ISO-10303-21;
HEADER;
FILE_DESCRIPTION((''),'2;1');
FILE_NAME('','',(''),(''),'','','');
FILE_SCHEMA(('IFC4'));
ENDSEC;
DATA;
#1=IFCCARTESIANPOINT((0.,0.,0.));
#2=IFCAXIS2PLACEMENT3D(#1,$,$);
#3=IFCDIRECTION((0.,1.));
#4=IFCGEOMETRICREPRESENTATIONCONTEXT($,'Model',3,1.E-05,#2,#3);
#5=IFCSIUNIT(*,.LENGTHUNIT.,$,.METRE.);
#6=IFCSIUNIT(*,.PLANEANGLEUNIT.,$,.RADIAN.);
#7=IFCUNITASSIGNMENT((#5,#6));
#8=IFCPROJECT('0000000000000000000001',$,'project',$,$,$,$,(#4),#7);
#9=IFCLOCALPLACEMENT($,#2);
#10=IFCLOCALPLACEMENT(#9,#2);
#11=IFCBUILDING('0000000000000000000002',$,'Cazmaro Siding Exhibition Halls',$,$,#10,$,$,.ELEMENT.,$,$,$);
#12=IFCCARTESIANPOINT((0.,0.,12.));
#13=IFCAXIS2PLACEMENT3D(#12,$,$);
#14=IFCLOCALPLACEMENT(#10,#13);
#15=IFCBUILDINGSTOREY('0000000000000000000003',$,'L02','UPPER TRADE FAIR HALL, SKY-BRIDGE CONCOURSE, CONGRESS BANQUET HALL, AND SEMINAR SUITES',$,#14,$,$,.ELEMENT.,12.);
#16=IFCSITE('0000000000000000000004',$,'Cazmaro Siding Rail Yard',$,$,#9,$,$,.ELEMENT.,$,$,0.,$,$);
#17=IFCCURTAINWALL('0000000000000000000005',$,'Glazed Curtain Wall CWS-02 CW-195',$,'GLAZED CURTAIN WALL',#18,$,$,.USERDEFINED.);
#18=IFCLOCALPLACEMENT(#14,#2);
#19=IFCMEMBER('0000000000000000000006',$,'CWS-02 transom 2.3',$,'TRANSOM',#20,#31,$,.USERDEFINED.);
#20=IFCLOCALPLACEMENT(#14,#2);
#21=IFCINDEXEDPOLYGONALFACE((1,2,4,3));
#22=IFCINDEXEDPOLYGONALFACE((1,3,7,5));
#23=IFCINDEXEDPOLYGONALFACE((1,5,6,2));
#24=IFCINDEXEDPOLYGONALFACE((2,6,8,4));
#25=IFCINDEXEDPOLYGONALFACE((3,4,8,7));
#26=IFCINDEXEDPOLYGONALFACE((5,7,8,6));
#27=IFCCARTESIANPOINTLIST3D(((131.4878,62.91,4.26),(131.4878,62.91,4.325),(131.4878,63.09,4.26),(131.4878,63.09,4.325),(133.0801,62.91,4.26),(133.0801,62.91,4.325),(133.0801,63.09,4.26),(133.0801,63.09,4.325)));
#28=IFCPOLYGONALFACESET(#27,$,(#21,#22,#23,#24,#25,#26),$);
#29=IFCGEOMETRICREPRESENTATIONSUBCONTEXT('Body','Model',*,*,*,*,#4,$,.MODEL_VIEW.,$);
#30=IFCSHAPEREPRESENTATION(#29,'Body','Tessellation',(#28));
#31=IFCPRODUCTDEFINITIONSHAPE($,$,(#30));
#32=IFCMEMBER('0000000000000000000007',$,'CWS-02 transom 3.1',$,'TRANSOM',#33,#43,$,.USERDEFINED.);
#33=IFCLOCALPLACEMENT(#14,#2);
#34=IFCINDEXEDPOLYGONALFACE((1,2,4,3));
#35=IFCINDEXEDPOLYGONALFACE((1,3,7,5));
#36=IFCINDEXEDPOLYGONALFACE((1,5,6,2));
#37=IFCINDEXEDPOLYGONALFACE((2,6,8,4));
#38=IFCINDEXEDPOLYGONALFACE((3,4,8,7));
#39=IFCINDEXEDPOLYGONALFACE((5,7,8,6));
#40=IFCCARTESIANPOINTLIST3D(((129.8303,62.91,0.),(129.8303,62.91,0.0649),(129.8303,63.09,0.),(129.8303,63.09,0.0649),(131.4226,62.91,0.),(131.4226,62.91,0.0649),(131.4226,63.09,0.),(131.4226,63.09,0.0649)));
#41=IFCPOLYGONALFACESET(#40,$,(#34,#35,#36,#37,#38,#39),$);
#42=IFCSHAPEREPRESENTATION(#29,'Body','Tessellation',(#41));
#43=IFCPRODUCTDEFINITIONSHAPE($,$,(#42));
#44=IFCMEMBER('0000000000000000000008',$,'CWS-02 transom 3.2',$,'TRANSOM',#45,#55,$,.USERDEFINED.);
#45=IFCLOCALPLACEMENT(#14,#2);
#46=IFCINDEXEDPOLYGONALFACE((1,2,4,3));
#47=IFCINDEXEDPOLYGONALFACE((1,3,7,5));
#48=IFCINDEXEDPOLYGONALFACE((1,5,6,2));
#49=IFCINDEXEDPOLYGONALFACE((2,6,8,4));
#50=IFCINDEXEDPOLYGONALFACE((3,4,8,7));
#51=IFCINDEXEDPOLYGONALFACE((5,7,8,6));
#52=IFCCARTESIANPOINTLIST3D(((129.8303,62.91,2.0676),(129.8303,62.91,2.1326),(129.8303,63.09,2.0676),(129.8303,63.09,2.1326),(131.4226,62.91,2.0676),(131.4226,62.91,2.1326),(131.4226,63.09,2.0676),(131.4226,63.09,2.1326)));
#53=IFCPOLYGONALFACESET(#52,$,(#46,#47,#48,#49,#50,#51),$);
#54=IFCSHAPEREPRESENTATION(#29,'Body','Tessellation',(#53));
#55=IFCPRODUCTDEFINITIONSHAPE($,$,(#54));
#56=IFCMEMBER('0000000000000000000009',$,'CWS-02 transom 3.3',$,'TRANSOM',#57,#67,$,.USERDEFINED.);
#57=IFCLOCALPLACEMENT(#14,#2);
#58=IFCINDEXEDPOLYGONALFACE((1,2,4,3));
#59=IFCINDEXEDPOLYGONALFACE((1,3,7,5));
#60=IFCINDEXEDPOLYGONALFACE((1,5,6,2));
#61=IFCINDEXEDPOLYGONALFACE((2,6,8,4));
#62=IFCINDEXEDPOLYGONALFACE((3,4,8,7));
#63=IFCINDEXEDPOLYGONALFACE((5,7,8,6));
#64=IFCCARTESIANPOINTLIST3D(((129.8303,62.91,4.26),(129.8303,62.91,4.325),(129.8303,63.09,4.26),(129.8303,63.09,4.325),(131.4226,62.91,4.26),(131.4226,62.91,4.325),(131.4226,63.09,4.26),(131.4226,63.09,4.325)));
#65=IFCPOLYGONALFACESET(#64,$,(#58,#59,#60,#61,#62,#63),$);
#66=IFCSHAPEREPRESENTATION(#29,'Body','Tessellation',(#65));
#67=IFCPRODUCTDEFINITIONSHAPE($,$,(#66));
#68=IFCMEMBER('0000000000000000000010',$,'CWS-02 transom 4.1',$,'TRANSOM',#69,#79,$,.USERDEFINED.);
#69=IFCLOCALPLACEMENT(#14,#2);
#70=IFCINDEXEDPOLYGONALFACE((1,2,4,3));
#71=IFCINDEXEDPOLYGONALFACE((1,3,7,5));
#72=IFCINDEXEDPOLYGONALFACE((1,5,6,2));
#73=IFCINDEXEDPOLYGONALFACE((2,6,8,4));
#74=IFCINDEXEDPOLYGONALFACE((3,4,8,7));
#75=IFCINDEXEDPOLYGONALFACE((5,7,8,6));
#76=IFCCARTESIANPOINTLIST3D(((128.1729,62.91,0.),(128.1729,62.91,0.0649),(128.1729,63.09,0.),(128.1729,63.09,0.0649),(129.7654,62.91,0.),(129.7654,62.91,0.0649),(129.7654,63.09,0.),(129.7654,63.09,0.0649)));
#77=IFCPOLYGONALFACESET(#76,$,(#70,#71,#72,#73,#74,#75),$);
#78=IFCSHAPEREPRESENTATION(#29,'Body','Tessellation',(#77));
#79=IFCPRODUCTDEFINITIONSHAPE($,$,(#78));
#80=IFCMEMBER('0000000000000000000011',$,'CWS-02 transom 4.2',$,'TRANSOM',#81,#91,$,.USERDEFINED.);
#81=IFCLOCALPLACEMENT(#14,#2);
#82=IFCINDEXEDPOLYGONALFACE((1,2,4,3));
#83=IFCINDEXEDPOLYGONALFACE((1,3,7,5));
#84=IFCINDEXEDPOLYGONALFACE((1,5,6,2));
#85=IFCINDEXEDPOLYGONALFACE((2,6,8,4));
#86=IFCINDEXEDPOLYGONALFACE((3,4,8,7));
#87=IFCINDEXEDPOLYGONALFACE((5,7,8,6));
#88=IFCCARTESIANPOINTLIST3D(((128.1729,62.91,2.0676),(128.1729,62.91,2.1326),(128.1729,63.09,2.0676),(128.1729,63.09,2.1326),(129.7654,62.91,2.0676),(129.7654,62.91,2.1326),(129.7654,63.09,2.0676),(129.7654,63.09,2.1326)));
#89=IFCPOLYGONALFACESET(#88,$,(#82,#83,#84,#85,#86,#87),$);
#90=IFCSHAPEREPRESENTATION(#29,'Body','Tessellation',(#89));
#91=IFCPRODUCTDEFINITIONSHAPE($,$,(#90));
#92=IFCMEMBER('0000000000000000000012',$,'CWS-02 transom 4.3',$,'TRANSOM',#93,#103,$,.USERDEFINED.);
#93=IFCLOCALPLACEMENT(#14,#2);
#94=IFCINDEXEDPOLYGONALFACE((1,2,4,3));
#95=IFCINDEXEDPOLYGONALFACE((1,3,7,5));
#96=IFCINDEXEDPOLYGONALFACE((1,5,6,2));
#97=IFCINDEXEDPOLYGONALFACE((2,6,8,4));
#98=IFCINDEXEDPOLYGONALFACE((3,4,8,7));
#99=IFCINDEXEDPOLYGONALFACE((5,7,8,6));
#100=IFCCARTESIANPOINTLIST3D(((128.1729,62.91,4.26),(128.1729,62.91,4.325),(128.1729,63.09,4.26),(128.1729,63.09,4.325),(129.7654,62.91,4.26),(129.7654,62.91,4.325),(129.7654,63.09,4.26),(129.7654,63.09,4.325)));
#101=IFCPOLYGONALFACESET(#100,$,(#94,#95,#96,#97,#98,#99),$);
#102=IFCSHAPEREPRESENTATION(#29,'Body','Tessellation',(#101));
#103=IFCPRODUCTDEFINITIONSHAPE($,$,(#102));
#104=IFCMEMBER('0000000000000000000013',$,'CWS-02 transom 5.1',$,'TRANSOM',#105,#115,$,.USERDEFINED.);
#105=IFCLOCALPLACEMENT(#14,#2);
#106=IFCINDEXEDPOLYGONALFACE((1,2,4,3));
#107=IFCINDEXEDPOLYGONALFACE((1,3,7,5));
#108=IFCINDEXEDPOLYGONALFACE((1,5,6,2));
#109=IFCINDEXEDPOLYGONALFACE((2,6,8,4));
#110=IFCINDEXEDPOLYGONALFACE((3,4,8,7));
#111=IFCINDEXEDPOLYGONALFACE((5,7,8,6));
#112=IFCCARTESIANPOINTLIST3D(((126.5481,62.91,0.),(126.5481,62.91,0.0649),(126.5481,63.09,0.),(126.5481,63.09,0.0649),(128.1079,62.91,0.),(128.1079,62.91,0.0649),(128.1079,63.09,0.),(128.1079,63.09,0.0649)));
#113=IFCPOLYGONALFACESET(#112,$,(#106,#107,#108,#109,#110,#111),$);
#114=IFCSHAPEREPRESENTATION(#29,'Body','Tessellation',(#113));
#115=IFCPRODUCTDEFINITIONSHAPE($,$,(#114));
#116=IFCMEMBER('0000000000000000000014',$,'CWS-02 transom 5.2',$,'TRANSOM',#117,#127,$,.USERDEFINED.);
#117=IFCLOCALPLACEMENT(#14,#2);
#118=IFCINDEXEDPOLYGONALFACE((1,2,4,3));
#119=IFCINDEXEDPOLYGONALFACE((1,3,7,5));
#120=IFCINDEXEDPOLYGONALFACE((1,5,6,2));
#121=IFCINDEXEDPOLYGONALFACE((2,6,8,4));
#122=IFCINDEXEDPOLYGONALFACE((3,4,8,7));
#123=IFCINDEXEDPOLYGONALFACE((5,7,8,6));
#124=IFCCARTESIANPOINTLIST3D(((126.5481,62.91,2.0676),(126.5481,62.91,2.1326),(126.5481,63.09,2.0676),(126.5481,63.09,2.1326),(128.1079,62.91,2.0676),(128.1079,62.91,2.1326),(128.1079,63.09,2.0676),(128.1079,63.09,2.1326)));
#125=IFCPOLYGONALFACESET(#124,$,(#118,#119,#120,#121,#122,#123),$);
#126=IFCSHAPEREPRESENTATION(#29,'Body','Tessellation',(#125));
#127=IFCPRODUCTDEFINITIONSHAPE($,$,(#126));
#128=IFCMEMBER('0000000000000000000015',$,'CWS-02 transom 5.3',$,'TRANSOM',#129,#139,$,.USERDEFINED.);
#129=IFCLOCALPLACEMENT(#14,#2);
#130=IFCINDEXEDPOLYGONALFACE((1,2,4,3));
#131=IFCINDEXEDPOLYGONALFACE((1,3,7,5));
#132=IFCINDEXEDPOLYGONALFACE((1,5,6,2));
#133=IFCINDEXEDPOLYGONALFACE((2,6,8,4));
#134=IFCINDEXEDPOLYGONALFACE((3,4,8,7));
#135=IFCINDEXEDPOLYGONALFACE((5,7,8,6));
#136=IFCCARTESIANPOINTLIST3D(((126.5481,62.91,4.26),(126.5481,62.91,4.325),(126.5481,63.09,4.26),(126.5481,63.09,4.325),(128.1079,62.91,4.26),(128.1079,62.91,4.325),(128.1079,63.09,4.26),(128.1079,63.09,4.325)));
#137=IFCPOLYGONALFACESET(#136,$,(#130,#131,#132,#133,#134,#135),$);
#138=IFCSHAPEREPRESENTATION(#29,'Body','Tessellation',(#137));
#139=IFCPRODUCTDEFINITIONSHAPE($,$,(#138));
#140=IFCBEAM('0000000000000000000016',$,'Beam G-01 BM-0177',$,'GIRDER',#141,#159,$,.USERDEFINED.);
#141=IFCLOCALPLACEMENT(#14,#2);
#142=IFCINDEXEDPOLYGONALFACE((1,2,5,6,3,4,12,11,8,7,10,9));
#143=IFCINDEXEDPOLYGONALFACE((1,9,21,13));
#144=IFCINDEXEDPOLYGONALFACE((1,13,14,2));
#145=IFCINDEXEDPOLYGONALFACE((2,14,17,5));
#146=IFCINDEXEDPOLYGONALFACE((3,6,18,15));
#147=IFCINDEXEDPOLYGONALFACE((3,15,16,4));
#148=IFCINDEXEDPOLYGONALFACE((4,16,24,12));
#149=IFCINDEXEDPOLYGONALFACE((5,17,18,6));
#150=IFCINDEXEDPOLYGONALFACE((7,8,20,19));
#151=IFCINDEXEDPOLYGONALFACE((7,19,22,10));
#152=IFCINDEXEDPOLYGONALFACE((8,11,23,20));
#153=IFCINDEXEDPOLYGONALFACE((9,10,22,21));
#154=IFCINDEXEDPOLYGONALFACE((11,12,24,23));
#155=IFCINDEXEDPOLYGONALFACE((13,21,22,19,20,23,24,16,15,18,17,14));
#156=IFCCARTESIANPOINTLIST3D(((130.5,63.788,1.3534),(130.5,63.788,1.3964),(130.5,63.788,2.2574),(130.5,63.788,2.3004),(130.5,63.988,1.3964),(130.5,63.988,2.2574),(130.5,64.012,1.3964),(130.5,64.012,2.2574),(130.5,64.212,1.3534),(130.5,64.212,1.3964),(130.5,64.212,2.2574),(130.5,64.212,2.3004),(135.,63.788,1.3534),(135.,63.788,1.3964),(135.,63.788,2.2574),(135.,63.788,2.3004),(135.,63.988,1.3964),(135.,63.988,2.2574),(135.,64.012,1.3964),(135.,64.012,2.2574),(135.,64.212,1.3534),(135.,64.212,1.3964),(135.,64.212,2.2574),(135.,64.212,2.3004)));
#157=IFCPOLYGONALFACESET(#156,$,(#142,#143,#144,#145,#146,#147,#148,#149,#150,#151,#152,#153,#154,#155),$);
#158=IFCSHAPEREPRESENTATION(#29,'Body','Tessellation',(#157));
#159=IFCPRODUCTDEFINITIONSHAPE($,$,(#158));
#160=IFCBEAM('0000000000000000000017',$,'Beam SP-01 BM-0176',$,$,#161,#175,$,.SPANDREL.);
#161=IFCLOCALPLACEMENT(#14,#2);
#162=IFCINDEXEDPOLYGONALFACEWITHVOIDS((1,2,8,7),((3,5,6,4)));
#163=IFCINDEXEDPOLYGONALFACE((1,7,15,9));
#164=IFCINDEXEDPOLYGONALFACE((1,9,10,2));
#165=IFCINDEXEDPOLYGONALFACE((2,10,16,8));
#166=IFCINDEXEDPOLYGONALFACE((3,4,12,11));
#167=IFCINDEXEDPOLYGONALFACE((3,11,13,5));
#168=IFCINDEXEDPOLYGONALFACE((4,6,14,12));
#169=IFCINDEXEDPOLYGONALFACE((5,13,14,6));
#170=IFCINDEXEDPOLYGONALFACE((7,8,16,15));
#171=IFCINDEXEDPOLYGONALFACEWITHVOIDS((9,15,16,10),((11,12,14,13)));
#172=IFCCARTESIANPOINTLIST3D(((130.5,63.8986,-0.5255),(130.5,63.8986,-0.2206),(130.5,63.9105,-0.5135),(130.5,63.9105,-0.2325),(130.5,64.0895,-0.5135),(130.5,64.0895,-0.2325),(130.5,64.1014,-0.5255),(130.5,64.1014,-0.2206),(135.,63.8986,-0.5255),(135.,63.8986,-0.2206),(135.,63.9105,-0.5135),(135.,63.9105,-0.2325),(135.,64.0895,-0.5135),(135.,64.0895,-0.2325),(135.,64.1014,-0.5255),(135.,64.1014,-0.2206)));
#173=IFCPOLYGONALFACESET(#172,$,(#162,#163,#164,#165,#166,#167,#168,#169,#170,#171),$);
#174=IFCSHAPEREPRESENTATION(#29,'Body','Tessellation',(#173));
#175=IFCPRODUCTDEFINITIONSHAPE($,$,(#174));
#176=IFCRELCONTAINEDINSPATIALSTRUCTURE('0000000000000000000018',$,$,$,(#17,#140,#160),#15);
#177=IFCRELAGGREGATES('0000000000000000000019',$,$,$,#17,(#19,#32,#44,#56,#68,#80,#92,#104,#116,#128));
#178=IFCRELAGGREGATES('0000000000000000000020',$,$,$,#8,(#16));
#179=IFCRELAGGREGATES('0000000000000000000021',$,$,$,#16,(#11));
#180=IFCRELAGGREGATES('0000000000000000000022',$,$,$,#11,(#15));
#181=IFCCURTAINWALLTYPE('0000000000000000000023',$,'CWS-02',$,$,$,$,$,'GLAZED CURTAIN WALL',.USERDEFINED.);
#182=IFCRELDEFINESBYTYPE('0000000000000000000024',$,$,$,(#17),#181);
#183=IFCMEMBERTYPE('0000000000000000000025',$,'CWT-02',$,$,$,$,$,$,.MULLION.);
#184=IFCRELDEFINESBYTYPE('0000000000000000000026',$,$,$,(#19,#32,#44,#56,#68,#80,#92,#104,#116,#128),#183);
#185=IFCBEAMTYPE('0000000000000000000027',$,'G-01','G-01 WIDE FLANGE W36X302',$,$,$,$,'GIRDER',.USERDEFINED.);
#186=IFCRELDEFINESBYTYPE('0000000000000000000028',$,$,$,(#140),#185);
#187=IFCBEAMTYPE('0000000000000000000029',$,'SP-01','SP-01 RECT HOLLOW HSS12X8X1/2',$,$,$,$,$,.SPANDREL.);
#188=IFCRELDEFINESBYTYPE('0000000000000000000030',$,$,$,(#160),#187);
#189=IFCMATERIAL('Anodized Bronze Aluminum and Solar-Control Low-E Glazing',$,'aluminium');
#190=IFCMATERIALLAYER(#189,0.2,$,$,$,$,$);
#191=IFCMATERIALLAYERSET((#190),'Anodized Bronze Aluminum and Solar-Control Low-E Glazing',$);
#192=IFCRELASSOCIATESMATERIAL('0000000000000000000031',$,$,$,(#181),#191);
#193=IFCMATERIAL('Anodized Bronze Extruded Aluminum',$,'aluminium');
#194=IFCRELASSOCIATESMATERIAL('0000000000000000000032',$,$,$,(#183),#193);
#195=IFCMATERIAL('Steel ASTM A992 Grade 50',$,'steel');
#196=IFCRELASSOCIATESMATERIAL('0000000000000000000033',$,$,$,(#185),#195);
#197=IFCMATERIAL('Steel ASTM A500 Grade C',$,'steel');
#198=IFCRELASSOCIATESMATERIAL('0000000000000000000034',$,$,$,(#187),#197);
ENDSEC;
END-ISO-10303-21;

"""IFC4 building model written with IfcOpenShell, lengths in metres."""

from ifc_helpers import new_model, si_unit, direction, frame, origin, origin_2d, place, context, subcontext, project, spatial, rectangle, hollow_rectangle, i_section, extrude, material, layer, layer_set, material_profile, profile_set, type_object, element, aggregate, save


model = new_model("IFC4")

# Units and contexts
model_context = context("Model", 3, precision=1e-05, world=origin(), true_north=direction((0.0, 1.0)))
body_context = subcontext(model_context, "Body", "Model", "MODEL_VIEW")
ifc_project = project(units=[si_unit("LENGTHUNIT", "METRE"), si_unit("PLANEANGLEUNIT", "RADIAN")], contexts=[model_context])

# Site, building, storey
site_placement = place(None, origin())
site = spatial("IfcSite", under=ifc_project, at=site_placement, Name="Cazmaro Siding Rail Yard", CompositionType="ELEMENT", RefElevation=0.0)
building_placement = place(site_placement, origin())
building = spatial("IfcBuilding", under=site, at=building_placement, Name="Cazmaro Siding Exhibition Halls", CompositionType="ELEMENT")
storey_placement = place(building_placement, frame((0.0, 0.0, 12.0)))
storey = spatial("IfcBuildingStorey", under=building, at=storey_placement, Name="L02", Description="UPPER TRADE FAIR HALL, SKY-BRIDGE CONCOURSE, CONGRESS BANQUET HALL, AND SEMINAR SUITES", CompositionType="ELEMENT", Elevation=12.0)

# Curtain wall, members
ifc_material_1 = material(Name="Anodized Bronze Aluminum and Solar-Control Low-E Glazing", Category="aluminium")
ifc_layer_1 = layer(ifc_material_1, 0.2)
ifc_layer_set_1 = layer_set([ifc_layer_1], Name="Anodized Bronze Aluminum and Solar-Control Low-E Glazing")
curtain_wall_type = type_object("IfcCurtainWallType", Name="CWS-02", ElementType="GLAZED CURTAIN WALL", PredefinedType="USERDEFINED", material=ifc_layer_set_1)
curtain_wall_placement = place(storey_placement, origin())
curtain_wall = element("IfcCurtainWall", 1, at=curtain_wall_placement, inside=storey, type_object=curtain_wall_type, Name="Glazed Curtain Wall CWS-02 CW-195", ObjectType="GLAZED CURTAIN WALL", PredefinedType="USERDEFINED")
ifc_material_2 = material(Name="Anodized Bronze Extruded Aluminum", Category="aluminium")
ifc_material_profile_1 = material_profile(ifc_material_2, rectangle(XDim=0.1799, YDim=0.0649, at=origin_2d()), Name="CWT-02")
ifc_profile_set_1 = profile_set([ifc_material_profile_1], Name="Anodized Bronze Extruded Aluminum")
member_type_1 = type_object("IfcMemberType", Name="CWT-02", PredefinedType="MULLION", material=ifc_profile_set_1)
member_1_placement = place(storey_placement, frame((133.0801, 63.0, 4.2925), z_axis=(-1.0, 0.0, 0.0), x_axis=(0.0, -1.0, 0.0)))
member_1 = element("IfcMember", 2, at=member_1_placement, type_object=member_type_1, Name="CWS-02 transom 2.3", ObjectType="TRANSOM", PredefinedType="USERDEFINED", context=body_context, shape_type="SweptSolid", body=[
    extrude(rectangle(XDim=0.1799, YDim=0.0649, at=origin_2d()), origin(), (0.0, 0.0, 1.0), 1.5923),
])
member_2_placement = place(storey_placement, frame((131.4226, 63.0, 0.0325), z_axis=(-1.0, 0.0, 0.0), x_axis=(0.0, -1.0, 0.0)))
member_2 = element("IfcMember", 3, at=member_2_placement, type_object=member_type_1, Name="CWS-02 transom 3.1", ObjectType="TRANSOM", PredefinedType="USERDEFINED", context=body_context, shape_type="SweptSolid", body=[
    extrude(rectangle(XDim=0.1799, YDim=0.0649, at=origin_2d()), origin(), (0.0, 0.0, 1.0), 1.5923),
])
member_3_placement = place(storey_placement, frame((131.4226, 63.0, 2.1001), z_axis=(-1.0, 0.0, 0.0), x_axis=(0.0, -1.0, 0.0)))
member_3 = element("IfcMember", 4, at=member_3_placement, type_object=member_type_1, Name="CWS-02 transom 3.2", ObjectType="TRANSOM", PredefinedType="USERDEFINED", context=body_context, shape_type="SweptSolid", body=[
    extrude(rectangle(XDim=0.1799, YDim=0.0649, at=origin_2d()), origin(), (0.0, 0.0, 1.0), 1.5923),
])
member_4_placement = place(storey_placement, frame((131.4226, 63.0, 4.2925), z_axis=(-1.0, 0.0, 0.0), x_axis=(0.0, -1.0, 0.0)))
member_4 = element("IfcMember", 5, at=member_4_placement, type_object=member_type_1, Name="CWS-02 transom 3.3", ObjectType="TRANSOM", PredefinedType="USERDEFINED", context=body_context, shape_type="SweptSolid", body=[
    extrude(rectangle(XDim=0.1799, YDim=0.0649, at=origin_2d()), origin(), (0.0, 0.0, 1.0), 1.5923),
])
member_5_placement = place(storey_placement, frame((129.7654, 63.0, 0.0325), z_axis=(-1.0, 0.0, 0.0), x_axis=(0.0, -1.0, 0.0)))
member_5 = element("IfcMember", 6, at=member_5_placement, type_object=member_type_1, Name="CWS-02 transom 4.1", ObjectType="TRANSOM", PredefinedType="USERDEFINED", context=body_context, shape_type="SweptSolid", body=[
    extrude(rectangle(XDim=0.1799, YDim=0.0649, at=origin_2d()), origin(), (0.0, 0.0, 1.0), 1.5925),
])
member_6_placement = place(storey_placement, frame((129.7654, 63.0, 2.1001), z_axis=(-1.0, 0.0, 0.0), x_axis=(0.0, -1.0, 0.0)))
member_6 = element("IfcMember", 7, at=member_6_placement, type_object=member_type_1, Name="CWS-02 transom 4.2", ObjectType="TRANSOM", PredefinedType="USERDEFINED", context=body_context, shape_type="SweptSolid", body=[
    extrude(rectangle(XDim=0.1799, YDim=0.0649, at=origin_2d()), origin(), (0.0, 0.0, 1.0), 1.5925),
])
member_7_placement = place(storey_placement, frame((129.7654, 63.0, 4.2925), z_axis=(-1.0, 0.0, 0.0), x_axis=(0.0, -1.0, 0.0)))
member_7 = element("IfcMember", 8, at=member_7_placement, type_object=member_type_1, Name="CWS-02 transom 4.3", ObjectType="TRANSOM", PredefinedType="USERDEFINED", context=body_context, shape_type="SweptSolid", body=[
    extrude(rectangle(XDim=0.1799, YDim=0.0649, at=origin_2d()), origin(), (0.0, 0.0, 1.0), 1.5925),
])
member_8_placement = place(storey_placement, frame((128.1079, 63.0, 0.0325), z_axis=(-1.0, 0.0, 0.0), x_axis=(0.0, -1.0, 0.0)))
member_8 = element("IfcMember", 9, at=member_8_placement, type_object=member_type_1, Name="CWS-02 transom 5.1", ObjectType="TRANSOM", PredefinedType="USERDEFINED", context=body_context, shape_type="SweptSolid", body=[
    extrude(rectangle(XDim=0.1799, YDim=0.0649, at=origin_2d()), origin(), (0.0, 0.0, 1.0), 1.5598),
])
member_9_placement = place(storey_placement, frame((128.1079, 63.0, 2.1001), z_axis=(-1.0, 0.0, 0.0), x_axis=(0.0, -1.0, 0.0)))
member_9 = element("IfcMember", 10, at=member_9_placement, type_object=member_type_1, Name="CWS-02 transom 5.2", ObjectType="TRANSOM", PredefinedType="USERDEFINED", context=body_context, shape_type="SweptSolid", body=[
    extrude(rectangle(XDim=0.1799, YDim=0.0649, at=origin_2d()), origin(), (0.0, 0.0, 1.0), 1.5598),
])
member_10_placement = place(storey_placement, frame((128.1079, 63.0, 4.2925), z_axis=(-1.0, 0.0, 0.0), x_axis=(0.0, -1.0, 0.0)))
member_10 = element("IfcMember", 11, at=member_10_placement, type_object=member_type_1, Name="CWS-02 transom 5.3", ObjectType="TRANSOM", PredefinedType="USERDEFINED", context=body_context, shape_type="SweptSolid", body=[
    extrude(rectangle(XDim=0.1799, YDim=0.0649, at=origin_2d()), origin(), (0.0, 0.0, 1.0), 1.5598),
])

# Beams
ifc_material_3 = material(Name="Steel ASTM A992 Grade 50", Category="steel")
ifc_material_profile_2 = material_profile(ifc_material_3, i_section(OverallWidth=0.4241, OverallDepth=0.947, WebThickness=0.0239, FlangeThickness=0.043, at=origin_2d()), Name="W36X302")
ifc_profile_set_2 = profile_set([ifc_material_profile_2], Name="Steel ASTM A992 Grade 50")
beam_type_1 = type_object("IfcBeamType", Name="G-01", Description="G-01 WIDE FLANGE W36X302", ElementType="GIRDER", PredefinedType="USERDEFINED", material=ifc_profile_set_2)
beam_1_placement = place(storey_placement, frame((130.5, 64.0, 1.8269), z_axis=(1.0, 0.0, 0.0), x_axis=(0.0, 1.0, 0.0)))
element("IfcBeam", 12, at=beam_1_placement, inside=storey, type_object=beam_type_1, Name="Beam G-01 BM-0177", ObjectType="GIRDER", PredefinedType="USERDEFINED", context=body_context, shape_type="SweptSolid", body=[
    extrude(i_section(OverallWidth=0.4241, OverallDepth=0.947, WebThickness=0.0239, FlangeThickness=0.043, at=origin_2d()), origin(), (0.0, 0.0, 1.0), 4.5),
])
ifc_material_4 = material(Name="Steel ASTM A500 Grade C", Category="steel")
ifc_material_profile_3 = material_profile(ifc_material_4, hollow_rectangle(XDim=0.2029, YDim=0.3049, WallThickness=0.012, at=origin_2d()), Name="HSS12X8X1/2")
ifc_profile_set_3 = profile_set([ifc_material_profile_3], Name="Steel ASTM A500 Grade C")
beam_type_2 = type_object("IfcBeamType", Name="SP-01", Description="SP-01 RECT HOLLOW HSS12X8X1/2", PredefinedType="SPANDREL", material=ifc_profile_set_3)
beam_2_placement = place(storey_placement, frame((130.5, 64.0, -0.373), z_axis=(1.0, 0.0, 0.0), x_axis=(0.0, 1.0, 0.0)))
element("IfcBeam", 13, at=beam_2_placement, inside=storey, type_object=beam_type_2, Name="Beam SP-01 BM-0176", PredefinedType="SPANDREL", context=body_context, shape_type="SweptSolid", body=[
    extrude(hollow_rectangle(XDim=0.2029, YDim=0.3049, WallThickness=0.012, at=origin_2d()), origin(), (0.0, 0.0, 1.0), 4.5),
])

aggregate(curtain_wall, [member_1, member_2, member_3, member_4, member_5, member_6, member_7, member_8, member_9, member_10])

save(model, "model.ifc")
